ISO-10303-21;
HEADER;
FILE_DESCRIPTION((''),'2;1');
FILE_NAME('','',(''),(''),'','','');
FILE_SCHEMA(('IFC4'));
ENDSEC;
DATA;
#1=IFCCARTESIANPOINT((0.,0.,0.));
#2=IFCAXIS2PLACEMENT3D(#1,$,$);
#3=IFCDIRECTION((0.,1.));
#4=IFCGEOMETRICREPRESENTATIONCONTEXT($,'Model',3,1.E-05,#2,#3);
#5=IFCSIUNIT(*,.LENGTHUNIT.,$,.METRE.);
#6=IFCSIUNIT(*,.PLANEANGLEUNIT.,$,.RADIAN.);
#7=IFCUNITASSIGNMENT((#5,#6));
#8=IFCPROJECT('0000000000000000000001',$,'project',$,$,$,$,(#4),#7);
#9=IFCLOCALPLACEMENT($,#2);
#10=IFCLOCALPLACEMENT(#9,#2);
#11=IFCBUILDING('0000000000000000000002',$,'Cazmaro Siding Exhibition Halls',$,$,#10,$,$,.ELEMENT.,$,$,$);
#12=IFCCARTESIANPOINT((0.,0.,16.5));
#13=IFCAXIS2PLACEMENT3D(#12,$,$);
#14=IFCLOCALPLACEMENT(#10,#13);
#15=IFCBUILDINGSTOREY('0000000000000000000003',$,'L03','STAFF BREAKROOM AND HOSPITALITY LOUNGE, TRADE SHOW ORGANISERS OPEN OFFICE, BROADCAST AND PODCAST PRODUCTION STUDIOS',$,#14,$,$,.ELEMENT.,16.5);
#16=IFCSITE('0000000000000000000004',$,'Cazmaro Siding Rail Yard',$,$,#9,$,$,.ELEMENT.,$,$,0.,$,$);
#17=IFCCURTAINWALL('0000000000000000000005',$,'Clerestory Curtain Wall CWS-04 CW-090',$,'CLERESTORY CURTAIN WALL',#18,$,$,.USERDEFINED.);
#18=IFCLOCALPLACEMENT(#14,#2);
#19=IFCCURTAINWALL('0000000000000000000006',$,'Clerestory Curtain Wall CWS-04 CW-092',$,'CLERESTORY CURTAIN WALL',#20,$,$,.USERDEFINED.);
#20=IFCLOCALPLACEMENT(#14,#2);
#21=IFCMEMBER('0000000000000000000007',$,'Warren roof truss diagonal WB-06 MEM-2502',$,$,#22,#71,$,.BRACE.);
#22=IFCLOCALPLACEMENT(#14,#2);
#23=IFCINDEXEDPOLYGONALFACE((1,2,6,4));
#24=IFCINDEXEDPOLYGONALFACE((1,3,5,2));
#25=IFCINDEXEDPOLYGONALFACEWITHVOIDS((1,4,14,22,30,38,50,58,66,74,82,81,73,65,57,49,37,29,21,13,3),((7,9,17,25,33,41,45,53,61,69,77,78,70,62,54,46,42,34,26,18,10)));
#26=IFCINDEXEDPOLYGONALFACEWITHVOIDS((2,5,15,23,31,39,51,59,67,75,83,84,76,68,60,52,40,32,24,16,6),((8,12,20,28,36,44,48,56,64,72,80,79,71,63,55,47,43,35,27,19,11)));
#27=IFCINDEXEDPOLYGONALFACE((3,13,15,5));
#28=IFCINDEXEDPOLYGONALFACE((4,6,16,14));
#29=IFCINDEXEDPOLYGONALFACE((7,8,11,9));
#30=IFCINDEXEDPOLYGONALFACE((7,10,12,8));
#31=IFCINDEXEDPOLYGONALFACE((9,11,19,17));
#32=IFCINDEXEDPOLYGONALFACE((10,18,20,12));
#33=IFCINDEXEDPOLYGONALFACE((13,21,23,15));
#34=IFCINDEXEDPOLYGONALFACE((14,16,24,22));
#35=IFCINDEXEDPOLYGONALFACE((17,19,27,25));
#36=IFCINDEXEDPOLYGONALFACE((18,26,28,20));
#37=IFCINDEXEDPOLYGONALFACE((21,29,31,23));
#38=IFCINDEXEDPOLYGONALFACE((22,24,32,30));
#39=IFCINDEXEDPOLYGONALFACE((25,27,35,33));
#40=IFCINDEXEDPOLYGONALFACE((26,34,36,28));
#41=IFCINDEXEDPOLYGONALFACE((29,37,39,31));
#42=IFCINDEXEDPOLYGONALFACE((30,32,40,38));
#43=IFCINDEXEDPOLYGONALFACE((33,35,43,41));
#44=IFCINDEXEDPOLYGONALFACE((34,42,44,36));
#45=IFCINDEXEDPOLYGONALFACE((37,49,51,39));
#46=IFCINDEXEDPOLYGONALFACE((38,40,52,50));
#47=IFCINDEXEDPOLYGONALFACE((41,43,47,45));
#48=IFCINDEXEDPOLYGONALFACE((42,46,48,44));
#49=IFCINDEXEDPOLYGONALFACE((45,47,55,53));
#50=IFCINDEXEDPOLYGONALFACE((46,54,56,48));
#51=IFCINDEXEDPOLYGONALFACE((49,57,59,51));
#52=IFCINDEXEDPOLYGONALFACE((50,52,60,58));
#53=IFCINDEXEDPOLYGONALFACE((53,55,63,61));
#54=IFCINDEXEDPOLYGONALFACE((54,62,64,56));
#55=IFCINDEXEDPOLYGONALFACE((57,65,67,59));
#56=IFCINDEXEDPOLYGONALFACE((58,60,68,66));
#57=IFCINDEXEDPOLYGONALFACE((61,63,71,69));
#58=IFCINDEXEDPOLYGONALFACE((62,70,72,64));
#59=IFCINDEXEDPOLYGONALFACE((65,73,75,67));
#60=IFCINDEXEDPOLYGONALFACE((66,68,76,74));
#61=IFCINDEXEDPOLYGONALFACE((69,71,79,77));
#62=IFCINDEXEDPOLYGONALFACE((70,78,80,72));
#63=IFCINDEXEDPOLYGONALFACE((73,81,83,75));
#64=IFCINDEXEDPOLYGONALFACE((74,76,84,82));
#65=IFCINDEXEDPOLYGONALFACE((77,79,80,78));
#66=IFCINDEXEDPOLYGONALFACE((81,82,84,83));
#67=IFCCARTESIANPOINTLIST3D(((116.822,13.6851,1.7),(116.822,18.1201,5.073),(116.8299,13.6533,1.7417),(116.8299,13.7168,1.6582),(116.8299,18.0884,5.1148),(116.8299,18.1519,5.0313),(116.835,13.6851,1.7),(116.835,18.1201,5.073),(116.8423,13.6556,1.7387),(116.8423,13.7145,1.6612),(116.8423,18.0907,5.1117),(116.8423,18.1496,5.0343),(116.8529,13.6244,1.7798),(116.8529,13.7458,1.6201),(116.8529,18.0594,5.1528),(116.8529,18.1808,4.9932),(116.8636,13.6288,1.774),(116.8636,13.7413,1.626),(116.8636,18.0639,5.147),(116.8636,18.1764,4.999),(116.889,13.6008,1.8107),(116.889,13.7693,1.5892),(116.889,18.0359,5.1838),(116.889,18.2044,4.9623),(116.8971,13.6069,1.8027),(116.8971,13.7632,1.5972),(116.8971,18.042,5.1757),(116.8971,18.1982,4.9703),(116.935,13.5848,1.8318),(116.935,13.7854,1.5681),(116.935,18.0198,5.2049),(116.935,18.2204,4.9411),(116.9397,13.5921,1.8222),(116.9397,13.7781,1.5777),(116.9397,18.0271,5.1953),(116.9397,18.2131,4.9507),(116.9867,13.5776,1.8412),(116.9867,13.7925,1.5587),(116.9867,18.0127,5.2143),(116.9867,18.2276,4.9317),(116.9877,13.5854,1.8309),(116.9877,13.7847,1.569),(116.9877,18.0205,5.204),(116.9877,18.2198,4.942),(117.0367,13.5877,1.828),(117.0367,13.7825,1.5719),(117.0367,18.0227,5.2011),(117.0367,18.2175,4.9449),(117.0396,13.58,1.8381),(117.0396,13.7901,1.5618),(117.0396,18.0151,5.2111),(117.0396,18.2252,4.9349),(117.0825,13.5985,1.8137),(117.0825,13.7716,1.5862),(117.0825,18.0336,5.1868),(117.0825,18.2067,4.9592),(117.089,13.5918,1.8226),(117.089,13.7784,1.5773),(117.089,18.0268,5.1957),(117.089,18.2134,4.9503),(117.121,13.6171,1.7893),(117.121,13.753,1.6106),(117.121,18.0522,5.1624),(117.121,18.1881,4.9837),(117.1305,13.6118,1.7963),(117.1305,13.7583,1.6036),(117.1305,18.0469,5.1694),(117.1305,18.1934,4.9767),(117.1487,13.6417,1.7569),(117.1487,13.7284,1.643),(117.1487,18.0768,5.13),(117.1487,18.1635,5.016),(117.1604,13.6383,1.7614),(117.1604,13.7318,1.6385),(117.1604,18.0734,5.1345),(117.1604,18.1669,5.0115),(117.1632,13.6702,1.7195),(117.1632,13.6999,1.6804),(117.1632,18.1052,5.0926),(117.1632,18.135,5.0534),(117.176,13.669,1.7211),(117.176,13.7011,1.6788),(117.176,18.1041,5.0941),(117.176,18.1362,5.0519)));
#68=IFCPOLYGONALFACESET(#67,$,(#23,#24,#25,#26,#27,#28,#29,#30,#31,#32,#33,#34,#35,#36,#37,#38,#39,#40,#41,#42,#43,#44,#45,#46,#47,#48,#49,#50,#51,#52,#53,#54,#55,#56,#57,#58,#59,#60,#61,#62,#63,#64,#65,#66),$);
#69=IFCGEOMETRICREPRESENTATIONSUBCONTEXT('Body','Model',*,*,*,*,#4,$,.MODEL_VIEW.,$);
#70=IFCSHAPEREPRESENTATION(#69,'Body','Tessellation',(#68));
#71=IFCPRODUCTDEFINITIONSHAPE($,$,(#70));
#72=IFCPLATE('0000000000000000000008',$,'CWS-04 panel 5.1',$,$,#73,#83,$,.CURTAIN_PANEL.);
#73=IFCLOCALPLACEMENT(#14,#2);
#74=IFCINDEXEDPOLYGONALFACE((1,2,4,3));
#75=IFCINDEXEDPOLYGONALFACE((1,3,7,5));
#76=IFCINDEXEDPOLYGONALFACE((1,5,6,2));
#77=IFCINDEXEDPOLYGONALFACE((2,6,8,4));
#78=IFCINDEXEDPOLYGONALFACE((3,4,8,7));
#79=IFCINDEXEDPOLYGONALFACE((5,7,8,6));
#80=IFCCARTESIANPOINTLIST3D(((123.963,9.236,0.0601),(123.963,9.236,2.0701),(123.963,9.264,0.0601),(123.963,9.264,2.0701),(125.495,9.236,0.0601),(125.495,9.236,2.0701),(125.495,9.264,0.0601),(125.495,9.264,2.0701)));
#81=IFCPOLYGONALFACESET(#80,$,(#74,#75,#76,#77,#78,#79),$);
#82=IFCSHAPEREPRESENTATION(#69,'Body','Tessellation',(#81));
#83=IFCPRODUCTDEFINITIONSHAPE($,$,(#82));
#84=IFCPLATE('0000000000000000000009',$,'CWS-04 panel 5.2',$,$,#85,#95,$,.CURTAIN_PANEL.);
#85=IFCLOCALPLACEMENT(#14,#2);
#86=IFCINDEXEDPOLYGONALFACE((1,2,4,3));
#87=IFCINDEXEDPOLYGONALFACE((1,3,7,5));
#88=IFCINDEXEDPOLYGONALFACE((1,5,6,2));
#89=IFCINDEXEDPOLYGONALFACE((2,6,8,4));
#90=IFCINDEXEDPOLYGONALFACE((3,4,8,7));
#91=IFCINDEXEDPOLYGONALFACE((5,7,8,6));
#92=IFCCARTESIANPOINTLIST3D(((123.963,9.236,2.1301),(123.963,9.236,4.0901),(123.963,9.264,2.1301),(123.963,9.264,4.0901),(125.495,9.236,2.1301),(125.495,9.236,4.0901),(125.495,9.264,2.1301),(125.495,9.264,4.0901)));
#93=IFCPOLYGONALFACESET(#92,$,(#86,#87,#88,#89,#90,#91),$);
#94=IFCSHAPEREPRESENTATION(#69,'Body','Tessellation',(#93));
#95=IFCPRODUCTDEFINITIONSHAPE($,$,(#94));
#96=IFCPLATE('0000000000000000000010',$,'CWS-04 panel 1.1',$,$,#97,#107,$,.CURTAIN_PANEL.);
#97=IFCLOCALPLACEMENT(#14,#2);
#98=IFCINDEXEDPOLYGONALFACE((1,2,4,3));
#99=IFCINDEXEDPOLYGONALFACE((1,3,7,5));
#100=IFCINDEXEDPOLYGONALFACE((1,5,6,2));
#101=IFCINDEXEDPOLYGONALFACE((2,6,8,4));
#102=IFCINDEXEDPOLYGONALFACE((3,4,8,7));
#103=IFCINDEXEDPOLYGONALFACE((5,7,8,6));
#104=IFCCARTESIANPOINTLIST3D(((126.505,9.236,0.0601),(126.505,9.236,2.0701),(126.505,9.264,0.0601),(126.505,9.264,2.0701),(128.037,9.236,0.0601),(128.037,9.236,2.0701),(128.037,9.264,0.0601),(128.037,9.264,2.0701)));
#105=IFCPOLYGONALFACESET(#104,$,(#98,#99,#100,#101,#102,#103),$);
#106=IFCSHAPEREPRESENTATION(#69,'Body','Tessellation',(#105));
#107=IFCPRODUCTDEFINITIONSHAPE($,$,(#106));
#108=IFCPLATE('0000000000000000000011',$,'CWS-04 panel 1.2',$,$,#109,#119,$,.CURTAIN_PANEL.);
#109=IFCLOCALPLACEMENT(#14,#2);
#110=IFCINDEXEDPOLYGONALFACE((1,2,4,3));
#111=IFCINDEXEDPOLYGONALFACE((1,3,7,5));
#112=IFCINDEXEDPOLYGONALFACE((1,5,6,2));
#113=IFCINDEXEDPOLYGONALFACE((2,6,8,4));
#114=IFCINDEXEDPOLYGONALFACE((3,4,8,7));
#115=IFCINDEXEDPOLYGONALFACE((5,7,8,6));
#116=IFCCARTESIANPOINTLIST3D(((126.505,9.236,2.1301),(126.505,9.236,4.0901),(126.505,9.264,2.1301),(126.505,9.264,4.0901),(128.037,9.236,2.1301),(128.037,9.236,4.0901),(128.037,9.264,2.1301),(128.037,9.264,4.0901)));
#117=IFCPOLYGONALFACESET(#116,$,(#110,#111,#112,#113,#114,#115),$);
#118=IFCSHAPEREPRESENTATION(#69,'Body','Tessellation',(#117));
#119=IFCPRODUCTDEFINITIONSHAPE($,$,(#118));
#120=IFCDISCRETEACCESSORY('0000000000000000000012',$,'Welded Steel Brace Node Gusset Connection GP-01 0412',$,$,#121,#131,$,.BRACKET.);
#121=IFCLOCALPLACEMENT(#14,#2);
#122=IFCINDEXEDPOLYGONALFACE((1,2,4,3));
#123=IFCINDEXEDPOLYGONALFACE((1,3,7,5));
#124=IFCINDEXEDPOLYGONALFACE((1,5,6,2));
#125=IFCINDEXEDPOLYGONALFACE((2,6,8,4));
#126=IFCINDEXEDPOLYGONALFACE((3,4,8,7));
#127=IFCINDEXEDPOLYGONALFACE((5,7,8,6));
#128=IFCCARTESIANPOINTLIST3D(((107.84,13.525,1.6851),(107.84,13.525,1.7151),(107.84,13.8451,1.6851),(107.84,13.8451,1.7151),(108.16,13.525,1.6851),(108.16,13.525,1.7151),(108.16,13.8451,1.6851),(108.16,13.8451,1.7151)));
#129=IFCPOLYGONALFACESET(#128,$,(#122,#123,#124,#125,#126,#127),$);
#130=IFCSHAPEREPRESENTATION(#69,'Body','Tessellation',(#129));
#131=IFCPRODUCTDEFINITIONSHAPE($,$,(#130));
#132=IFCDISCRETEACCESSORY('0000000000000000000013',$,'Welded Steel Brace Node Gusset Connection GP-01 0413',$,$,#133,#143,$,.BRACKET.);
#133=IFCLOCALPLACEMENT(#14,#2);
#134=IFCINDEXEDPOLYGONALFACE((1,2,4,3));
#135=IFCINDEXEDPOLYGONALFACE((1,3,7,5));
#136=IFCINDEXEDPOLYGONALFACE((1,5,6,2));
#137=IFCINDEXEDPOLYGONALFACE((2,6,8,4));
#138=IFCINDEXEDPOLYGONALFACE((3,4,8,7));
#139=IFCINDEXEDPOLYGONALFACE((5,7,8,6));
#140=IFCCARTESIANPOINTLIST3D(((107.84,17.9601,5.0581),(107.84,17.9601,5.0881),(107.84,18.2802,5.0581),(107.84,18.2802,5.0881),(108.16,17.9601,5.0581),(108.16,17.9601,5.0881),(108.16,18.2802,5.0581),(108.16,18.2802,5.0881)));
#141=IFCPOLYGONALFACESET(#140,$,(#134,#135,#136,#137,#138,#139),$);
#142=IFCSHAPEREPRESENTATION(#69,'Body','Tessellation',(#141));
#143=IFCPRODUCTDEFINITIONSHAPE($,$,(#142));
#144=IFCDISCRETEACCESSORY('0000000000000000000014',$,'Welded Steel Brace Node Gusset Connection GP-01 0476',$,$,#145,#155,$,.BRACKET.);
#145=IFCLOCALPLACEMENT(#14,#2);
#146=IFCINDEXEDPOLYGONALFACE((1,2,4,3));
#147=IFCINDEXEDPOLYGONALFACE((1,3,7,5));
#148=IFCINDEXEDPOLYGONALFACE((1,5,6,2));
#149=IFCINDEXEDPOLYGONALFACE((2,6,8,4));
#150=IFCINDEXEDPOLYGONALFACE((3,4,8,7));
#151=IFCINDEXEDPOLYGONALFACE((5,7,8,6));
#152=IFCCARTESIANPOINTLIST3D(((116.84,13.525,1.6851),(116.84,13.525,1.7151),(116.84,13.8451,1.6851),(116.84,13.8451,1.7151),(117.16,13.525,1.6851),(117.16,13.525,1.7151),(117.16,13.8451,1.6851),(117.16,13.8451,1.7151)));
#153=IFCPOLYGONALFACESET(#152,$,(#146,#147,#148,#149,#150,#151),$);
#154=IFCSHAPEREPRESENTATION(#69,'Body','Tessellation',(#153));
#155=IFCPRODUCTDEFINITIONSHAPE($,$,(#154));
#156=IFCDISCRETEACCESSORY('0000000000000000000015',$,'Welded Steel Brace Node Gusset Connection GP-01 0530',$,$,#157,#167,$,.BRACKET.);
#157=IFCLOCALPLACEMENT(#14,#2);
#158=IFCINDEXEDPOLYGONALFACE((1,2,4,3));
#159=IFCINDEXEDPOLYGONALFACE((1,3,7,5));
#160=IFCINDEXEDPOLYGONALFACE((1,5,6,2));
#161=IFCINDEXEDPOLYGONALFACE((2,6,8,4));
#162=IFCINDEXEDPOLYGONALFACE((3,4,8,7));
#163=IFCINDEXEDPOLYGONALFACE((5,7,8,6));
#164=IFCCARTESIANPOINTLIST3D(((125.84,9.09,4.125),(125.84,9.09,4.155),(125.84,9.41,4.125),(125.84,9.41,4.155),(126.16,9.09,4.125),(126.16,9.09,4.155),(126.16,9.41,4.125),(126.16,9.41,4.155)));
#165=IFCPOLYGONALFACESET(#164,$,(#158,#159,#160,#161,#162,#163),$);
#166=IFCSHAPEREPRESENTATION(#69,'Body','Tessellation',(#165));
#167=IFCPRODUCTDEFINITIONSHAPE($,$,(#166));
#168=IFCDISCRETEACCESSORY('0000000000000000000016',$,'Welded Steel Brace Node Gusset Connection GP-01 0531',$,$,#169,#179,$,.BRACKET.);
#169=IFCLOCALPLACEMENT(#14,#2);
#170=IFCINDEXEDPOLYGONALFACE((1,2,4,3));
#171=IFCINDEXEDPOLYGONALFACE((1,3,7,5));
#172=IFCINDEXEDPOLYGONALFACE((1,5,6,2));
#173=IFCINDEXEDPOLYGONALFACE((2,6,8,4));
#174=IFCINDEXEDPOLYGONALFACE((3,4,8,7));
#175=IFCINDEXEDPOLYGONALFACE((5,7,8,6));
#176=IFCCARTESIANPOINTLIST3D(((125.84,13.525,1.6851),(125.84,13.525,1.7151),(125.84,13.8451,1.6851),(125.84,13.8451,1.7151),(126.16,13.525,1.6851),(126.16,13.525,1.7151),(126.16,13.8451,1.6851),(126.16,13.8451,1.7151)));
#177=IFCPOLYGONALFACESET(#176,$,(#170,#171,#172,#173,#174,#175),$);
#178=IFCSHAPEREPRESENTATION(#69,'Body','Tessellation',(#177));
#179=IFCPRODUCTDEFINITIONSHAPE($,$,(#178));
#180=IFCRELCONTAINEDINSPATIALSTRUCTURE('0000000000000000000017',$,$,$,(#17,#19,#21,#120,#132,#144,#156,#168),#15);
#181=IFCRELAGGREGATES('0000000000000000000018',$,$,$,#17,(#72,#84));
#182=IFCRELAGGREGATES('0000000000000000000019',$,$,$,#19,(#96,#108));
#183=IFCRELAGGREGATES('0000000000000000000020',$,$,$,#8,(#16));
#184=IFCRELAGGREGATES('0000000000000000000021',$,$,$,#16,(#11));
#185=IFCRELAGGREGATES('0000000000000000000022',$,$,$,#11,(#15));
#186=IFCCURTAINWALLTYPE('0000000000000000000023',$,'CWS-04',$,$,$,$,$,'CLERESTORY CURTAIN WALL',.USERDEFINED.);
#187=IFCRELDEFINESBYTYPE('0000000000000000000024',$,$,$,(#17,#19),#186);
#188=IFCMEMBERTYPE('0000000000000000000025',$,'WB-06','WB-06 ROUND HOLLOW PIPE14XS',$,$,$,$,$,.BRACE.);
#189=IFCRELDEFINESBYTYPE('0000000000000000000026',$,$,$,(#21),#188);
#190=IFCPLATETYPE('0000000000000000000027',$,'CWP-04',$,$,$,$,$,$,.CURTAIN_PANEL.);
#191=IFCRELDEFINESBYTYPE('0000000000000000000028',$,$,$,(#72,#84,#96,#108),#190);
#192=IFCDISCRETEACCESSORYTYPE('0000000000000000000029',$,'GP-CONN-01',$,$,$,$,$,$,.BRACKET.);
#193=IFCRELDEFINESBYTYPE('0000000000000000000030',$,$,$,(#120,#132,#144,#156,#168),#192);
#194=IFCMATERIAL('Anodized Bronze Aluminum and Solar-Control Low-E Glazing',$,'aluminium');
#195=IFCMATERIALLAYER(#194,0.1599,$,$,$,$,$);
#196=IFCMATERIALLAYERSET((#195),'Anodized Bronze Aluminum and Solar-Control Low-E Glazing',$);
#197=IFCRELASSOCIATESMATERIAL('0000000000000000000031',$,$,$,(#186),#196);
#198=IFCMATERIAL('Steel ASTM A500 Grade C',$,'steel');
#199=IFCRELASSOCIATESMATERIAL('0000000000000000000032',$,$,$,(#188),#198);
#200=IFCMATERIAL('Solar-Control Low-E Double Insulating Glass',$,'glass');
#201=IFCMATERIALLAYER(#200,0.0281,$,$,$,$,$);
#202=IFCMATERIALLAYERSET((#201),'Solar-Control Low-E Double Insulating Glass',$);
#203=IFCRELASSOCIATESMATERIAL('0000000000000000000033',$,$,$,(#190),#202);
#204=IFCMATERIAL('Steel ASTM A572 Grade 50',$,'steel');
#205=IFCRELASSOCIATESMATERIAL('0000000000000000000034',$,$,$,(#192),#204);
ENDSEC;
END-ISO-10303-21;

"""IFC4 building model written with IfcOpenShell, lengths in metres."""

from ifc_helpers import new_model, si_unit, direction, frame, origin, origin_2d, place, context, subcontext, project, spatial, rectangle, hollow_circle, extrude, material, layer, layer_set, material_profile, profile_set, type_object, element, aggregate, save


model = new_model("IFC4")

# Units and contexts
model_context = context("Model", 3, precision=1e-05, world=origin(), true_north=direction((0.0, 1.0)))
body_context = subcontext(model_context, "Body", "Model", "MODEL_VIEW")
ifc_project = project(units=[si_unit("LENGTHUNIT", "METRE"), si_unit("PLANEANGLEUNIT", "RADIAN")], contexts=[model_context])

# Site, building, storey
site_placement = place(None, origin())
site = spatial("IfcSite", under=ifc_project, at=site_placement, Name="Cazmaro Siding Rail Yard", CompositionType="ELEMENT", RefElevation=0.0)
building_placement = place(site_placement, origin())
building = spatial("IfcBuilding", under=site, at=building_placement, Name="Cazmaro Siding Exhibition Halls", CompositionType="ELEMENT")
storey_placement = place(building_placement, frame((0.0, 0.0, 16.5)))
storey = spatial("IfcBuildingStorey", under=building, at=storey_placement, Name="L03", Description="STAFF BREAKROOM AND HOSPITALITY LOUNGE, TRADE SHOW ORGANISERS OPEN OFFICE, BROADCAST AND PODCAST PRODUCTION STUDIOS", CompositionType="ELEMENT", Elevation=16.5)

# Curtain walls
ifc_material_1 = material(Name="Anodized Bronze Aluminum and Solar-Control Low-E Glazing", Category="aluminium")
ifc_layer_1 = layer(ifc_material_1, 0.1599)
ifc_layer_set_1 = layer_set([ifc_layer_1], Name="Anodized Bronze Aluminum and Solar-Control Low-E Glazing")
curtain_wall_type = type_object("IfcCurtainWallType", Name="CWS-04", ElementType="CLERESTORY CURTAIN WALL", PredefinedType="USERDEFINED", material=ifc_layer_set_1)
curtain_wall_1_placement = place(storey_placement, origin())
curtain_wall_1 = element("IfcCurtainWall", 1, at=curtain_wall_1_placement, inside=storey, type_object=curtain_wall_type, Name="Clerestory Curtain Wall CWS-04 CW-090", ObjectType="CLERESTORY CURTAIN WALL", PredefinedType="USERDEFINED")
curtain_wall_2_placement = place(storey_placement, origin())
curtain_wall_2 = element("IfcCurtainWall", 2, at=curtain_wall_2_placement, inside=storey, type_object=curtain_wall_type, Name="Clerestory Curtain Wall CWS-04 CW-092", ObjectType="CLERESTORY CURTAIN WALL", PredefinedType="USERDEFINED")

# Member
ifc_material_2 = material(Name="Steel ASTM A500 Grade C", Category="steel")
ifc_material_profile_1 = material_profile(ifc_material_2, hollow_circle(Radius=0.178, WallThickness=0.0129, at=origin_2d()), Name="PIPE14XS")
ifc_profile_set_1 = profile_set([ifc_material_profile_1], Name="Steel ASTM A500 Grade C")
member_type_1 = type_object("IfcMemberType", Name="WB-06", Description="WB-06 ROUND HOLLOW PIPE14XS", PredefinedType="BRACE", material=ifc_profile_set_1)
member_1_placement = place(storey_placement, frame((117.0, 13.6851, 1.7), z_axis=(0.0, 0.795954, 0.605357), x_axis=(-1.0, 0.0, 0.0)))
element("IfcMember", 3, at=member_1_placement, inside=storey, type_object=member_type_1, Name="Warren roof truss diagonal WB-06 MEM-2502", PredefinedType="BRACE", context=body_context, shape_type="SweptSolid", body=[
    extrude(hollow_circle(Radius=0.178, WallThickness=0.0129, at=origin_2d()), origin(), (0.0, 0.0, 1.0), 5.572),
])

# Plates
ifc_material_3 = material(Name="Solar-Control Low-E Double Insulating Glass", Category="glass")
ifc_layer_2 = layer(ifc_material_3, 0.0281)
ifc_layer_set_2 = layer_set([ifc_layer_2], Name="Solar-Control Low-E Double Insulating Glass")
plate_type = type_object("IfcPlateType", Name="CWP-04", PredefinedType="CURTAIN_PANEL", material=ifc_layer_set_2)
plate_1_placement = place(storey_placement, frame((124.729, 9.25, 0.0601), z_axis=(0.0, 0.0, 1.0), x_axis=(1.0, 0.0, 0.0)))
plate_1 = element("IfcPlate", 4, at=plate_1_placement, type_object=plate_type, Name="CWS-04 panel 5.1", PredefinedType="CURTAIN_PANEL", context=body_context, shape_type="SweptSolid", body=[
    extrude(rectangle(XDim=1.532, YDim=0.0281, at=origin_2d()), origin(), (0.0, 0.0, 1.0), 2.01),
])
plate_2_placement = place(storey_placement, frame((124.729, 9.25, 2.1301), z_axis=(0.0, 0.0, 1.0), x_axis=(1.0, 0.0, 0.0)))
plate_2 = element("IfcPlate", 5, at=plate_2_placement, type_object=plate_type, Name="CWS-04 panel 5.2", PredefinedType="CURTAIN_PANEL", context=body_context, shape_type="SweptSolid", body=[
    extrude(rectangle(XDim=1.532, YDim=0.0281, at=origin_2d()), origin(), (0.0, 0.0, 1.0), 1.96),
])
aggregate(curtain_wall_1, [plate_1, plate_2])
plate_3_placement = place(storey_placement, frame((127.271, 9.25, 0.0601), z_axis=(0.0, 0.0, 1.0), x_axis=(1.0, 0.0, 0.0)))
plate_3 = element("IfcPlate", 6, at=plate_3_placement, type_object=plate_type, Name="CWS-04 panel 1.1", PredefinedType="CURTAIN_PANEL", context=body_context, shape_type="SweptSolid", body=[
    extrude(rectangle(XDim=1.532, YDim=0.0281, at=origin_2d()), origin(), (0.0, 0.0, 1.0), 2.01),
])
plate_4_placement = place(storey_placement, frame((127.271, 9.25, 2.1301), z_axis=(0.0, 0.0, 1.0), x_axis=(1.0, 0.0, 0.0)))
plate_4 = element("IfcPlate", 7, at=plate_4_placement, type_object=plate_type, Name="CWS-04 panel 1.2", PredefinedType="CURTAIN_PANEL", context=body_context, shape_type="SweptSolid", body=[
    extrude(rectangle(XDim=1.532, YDim=0.0281, at=origin_2d()), origin(), (0.0, 0.0, 1.0), 1.96),
])
aggregate(curtain_wall_2, [plate_3, plate_4])

# Discrete accessories
ifc_material_4 = material(Name="Steel ASTM A572 Grade 50", Category="steel")
discrete_accessory_type = type_object("IfcDiscreteAccessoryType", Name="GP-CONN-01", PredefinedType="BRACKET", material=ifc_material_4)
for number, where, z_axis, x_axis, name in (
    (8, (108.0, 13.6851, 1.6851), (0.0, 0.0, 1.0), (1.0, 0.0, 0.0), "Welded Steel Brace Node Gusset Connection GP-01 0412"),
    (9, (108.0, 18.1201, 5.0581), (0.0, 0.0, 1.0), (1.0, 0.0, 0.0), "Welded Steel Brace Node Gusset Connection GP-01 0413"),
    (10, (117.0, 13.6851, 1.6851), (0.0, 0.0, 1.0), (1.0, 0.0, 0.0), "Welded Steel Brace Node Gusset Connection GP-01 0476"),
    (11, (126.0, 9.25, 4.125), (0.0, 0.0, 1.0), (1.0, 0.0, 0.0), "Welded Steel Brace Node Gusset Connection GP-01 0530"),
    (12, (126.0, 13.6851, 1.6851), (0.0, 0.0, 1.0), (1.0, 0.0, 0.0), "Welded Steel Brace Node Gusset Connection GP-01 0531"),
):
    element("IfcDiscreteAccessory", number, at=place(storey_placement, frame(where, z_axis=z_axis, x_axis=x_axis)), inside=storey, type_object=discrete_accessory_type, Name=name, PredefinedType="BRACKET", context=body_context, shape_type="SweptSolid", body=[
        extrude(rectangle(XDim=0.3201, YDim=0.3201, at=origin_2d()), origin(), (0.0, 0.0, 1.0), 0.03),
    ])

save(model, "model.ifc")
